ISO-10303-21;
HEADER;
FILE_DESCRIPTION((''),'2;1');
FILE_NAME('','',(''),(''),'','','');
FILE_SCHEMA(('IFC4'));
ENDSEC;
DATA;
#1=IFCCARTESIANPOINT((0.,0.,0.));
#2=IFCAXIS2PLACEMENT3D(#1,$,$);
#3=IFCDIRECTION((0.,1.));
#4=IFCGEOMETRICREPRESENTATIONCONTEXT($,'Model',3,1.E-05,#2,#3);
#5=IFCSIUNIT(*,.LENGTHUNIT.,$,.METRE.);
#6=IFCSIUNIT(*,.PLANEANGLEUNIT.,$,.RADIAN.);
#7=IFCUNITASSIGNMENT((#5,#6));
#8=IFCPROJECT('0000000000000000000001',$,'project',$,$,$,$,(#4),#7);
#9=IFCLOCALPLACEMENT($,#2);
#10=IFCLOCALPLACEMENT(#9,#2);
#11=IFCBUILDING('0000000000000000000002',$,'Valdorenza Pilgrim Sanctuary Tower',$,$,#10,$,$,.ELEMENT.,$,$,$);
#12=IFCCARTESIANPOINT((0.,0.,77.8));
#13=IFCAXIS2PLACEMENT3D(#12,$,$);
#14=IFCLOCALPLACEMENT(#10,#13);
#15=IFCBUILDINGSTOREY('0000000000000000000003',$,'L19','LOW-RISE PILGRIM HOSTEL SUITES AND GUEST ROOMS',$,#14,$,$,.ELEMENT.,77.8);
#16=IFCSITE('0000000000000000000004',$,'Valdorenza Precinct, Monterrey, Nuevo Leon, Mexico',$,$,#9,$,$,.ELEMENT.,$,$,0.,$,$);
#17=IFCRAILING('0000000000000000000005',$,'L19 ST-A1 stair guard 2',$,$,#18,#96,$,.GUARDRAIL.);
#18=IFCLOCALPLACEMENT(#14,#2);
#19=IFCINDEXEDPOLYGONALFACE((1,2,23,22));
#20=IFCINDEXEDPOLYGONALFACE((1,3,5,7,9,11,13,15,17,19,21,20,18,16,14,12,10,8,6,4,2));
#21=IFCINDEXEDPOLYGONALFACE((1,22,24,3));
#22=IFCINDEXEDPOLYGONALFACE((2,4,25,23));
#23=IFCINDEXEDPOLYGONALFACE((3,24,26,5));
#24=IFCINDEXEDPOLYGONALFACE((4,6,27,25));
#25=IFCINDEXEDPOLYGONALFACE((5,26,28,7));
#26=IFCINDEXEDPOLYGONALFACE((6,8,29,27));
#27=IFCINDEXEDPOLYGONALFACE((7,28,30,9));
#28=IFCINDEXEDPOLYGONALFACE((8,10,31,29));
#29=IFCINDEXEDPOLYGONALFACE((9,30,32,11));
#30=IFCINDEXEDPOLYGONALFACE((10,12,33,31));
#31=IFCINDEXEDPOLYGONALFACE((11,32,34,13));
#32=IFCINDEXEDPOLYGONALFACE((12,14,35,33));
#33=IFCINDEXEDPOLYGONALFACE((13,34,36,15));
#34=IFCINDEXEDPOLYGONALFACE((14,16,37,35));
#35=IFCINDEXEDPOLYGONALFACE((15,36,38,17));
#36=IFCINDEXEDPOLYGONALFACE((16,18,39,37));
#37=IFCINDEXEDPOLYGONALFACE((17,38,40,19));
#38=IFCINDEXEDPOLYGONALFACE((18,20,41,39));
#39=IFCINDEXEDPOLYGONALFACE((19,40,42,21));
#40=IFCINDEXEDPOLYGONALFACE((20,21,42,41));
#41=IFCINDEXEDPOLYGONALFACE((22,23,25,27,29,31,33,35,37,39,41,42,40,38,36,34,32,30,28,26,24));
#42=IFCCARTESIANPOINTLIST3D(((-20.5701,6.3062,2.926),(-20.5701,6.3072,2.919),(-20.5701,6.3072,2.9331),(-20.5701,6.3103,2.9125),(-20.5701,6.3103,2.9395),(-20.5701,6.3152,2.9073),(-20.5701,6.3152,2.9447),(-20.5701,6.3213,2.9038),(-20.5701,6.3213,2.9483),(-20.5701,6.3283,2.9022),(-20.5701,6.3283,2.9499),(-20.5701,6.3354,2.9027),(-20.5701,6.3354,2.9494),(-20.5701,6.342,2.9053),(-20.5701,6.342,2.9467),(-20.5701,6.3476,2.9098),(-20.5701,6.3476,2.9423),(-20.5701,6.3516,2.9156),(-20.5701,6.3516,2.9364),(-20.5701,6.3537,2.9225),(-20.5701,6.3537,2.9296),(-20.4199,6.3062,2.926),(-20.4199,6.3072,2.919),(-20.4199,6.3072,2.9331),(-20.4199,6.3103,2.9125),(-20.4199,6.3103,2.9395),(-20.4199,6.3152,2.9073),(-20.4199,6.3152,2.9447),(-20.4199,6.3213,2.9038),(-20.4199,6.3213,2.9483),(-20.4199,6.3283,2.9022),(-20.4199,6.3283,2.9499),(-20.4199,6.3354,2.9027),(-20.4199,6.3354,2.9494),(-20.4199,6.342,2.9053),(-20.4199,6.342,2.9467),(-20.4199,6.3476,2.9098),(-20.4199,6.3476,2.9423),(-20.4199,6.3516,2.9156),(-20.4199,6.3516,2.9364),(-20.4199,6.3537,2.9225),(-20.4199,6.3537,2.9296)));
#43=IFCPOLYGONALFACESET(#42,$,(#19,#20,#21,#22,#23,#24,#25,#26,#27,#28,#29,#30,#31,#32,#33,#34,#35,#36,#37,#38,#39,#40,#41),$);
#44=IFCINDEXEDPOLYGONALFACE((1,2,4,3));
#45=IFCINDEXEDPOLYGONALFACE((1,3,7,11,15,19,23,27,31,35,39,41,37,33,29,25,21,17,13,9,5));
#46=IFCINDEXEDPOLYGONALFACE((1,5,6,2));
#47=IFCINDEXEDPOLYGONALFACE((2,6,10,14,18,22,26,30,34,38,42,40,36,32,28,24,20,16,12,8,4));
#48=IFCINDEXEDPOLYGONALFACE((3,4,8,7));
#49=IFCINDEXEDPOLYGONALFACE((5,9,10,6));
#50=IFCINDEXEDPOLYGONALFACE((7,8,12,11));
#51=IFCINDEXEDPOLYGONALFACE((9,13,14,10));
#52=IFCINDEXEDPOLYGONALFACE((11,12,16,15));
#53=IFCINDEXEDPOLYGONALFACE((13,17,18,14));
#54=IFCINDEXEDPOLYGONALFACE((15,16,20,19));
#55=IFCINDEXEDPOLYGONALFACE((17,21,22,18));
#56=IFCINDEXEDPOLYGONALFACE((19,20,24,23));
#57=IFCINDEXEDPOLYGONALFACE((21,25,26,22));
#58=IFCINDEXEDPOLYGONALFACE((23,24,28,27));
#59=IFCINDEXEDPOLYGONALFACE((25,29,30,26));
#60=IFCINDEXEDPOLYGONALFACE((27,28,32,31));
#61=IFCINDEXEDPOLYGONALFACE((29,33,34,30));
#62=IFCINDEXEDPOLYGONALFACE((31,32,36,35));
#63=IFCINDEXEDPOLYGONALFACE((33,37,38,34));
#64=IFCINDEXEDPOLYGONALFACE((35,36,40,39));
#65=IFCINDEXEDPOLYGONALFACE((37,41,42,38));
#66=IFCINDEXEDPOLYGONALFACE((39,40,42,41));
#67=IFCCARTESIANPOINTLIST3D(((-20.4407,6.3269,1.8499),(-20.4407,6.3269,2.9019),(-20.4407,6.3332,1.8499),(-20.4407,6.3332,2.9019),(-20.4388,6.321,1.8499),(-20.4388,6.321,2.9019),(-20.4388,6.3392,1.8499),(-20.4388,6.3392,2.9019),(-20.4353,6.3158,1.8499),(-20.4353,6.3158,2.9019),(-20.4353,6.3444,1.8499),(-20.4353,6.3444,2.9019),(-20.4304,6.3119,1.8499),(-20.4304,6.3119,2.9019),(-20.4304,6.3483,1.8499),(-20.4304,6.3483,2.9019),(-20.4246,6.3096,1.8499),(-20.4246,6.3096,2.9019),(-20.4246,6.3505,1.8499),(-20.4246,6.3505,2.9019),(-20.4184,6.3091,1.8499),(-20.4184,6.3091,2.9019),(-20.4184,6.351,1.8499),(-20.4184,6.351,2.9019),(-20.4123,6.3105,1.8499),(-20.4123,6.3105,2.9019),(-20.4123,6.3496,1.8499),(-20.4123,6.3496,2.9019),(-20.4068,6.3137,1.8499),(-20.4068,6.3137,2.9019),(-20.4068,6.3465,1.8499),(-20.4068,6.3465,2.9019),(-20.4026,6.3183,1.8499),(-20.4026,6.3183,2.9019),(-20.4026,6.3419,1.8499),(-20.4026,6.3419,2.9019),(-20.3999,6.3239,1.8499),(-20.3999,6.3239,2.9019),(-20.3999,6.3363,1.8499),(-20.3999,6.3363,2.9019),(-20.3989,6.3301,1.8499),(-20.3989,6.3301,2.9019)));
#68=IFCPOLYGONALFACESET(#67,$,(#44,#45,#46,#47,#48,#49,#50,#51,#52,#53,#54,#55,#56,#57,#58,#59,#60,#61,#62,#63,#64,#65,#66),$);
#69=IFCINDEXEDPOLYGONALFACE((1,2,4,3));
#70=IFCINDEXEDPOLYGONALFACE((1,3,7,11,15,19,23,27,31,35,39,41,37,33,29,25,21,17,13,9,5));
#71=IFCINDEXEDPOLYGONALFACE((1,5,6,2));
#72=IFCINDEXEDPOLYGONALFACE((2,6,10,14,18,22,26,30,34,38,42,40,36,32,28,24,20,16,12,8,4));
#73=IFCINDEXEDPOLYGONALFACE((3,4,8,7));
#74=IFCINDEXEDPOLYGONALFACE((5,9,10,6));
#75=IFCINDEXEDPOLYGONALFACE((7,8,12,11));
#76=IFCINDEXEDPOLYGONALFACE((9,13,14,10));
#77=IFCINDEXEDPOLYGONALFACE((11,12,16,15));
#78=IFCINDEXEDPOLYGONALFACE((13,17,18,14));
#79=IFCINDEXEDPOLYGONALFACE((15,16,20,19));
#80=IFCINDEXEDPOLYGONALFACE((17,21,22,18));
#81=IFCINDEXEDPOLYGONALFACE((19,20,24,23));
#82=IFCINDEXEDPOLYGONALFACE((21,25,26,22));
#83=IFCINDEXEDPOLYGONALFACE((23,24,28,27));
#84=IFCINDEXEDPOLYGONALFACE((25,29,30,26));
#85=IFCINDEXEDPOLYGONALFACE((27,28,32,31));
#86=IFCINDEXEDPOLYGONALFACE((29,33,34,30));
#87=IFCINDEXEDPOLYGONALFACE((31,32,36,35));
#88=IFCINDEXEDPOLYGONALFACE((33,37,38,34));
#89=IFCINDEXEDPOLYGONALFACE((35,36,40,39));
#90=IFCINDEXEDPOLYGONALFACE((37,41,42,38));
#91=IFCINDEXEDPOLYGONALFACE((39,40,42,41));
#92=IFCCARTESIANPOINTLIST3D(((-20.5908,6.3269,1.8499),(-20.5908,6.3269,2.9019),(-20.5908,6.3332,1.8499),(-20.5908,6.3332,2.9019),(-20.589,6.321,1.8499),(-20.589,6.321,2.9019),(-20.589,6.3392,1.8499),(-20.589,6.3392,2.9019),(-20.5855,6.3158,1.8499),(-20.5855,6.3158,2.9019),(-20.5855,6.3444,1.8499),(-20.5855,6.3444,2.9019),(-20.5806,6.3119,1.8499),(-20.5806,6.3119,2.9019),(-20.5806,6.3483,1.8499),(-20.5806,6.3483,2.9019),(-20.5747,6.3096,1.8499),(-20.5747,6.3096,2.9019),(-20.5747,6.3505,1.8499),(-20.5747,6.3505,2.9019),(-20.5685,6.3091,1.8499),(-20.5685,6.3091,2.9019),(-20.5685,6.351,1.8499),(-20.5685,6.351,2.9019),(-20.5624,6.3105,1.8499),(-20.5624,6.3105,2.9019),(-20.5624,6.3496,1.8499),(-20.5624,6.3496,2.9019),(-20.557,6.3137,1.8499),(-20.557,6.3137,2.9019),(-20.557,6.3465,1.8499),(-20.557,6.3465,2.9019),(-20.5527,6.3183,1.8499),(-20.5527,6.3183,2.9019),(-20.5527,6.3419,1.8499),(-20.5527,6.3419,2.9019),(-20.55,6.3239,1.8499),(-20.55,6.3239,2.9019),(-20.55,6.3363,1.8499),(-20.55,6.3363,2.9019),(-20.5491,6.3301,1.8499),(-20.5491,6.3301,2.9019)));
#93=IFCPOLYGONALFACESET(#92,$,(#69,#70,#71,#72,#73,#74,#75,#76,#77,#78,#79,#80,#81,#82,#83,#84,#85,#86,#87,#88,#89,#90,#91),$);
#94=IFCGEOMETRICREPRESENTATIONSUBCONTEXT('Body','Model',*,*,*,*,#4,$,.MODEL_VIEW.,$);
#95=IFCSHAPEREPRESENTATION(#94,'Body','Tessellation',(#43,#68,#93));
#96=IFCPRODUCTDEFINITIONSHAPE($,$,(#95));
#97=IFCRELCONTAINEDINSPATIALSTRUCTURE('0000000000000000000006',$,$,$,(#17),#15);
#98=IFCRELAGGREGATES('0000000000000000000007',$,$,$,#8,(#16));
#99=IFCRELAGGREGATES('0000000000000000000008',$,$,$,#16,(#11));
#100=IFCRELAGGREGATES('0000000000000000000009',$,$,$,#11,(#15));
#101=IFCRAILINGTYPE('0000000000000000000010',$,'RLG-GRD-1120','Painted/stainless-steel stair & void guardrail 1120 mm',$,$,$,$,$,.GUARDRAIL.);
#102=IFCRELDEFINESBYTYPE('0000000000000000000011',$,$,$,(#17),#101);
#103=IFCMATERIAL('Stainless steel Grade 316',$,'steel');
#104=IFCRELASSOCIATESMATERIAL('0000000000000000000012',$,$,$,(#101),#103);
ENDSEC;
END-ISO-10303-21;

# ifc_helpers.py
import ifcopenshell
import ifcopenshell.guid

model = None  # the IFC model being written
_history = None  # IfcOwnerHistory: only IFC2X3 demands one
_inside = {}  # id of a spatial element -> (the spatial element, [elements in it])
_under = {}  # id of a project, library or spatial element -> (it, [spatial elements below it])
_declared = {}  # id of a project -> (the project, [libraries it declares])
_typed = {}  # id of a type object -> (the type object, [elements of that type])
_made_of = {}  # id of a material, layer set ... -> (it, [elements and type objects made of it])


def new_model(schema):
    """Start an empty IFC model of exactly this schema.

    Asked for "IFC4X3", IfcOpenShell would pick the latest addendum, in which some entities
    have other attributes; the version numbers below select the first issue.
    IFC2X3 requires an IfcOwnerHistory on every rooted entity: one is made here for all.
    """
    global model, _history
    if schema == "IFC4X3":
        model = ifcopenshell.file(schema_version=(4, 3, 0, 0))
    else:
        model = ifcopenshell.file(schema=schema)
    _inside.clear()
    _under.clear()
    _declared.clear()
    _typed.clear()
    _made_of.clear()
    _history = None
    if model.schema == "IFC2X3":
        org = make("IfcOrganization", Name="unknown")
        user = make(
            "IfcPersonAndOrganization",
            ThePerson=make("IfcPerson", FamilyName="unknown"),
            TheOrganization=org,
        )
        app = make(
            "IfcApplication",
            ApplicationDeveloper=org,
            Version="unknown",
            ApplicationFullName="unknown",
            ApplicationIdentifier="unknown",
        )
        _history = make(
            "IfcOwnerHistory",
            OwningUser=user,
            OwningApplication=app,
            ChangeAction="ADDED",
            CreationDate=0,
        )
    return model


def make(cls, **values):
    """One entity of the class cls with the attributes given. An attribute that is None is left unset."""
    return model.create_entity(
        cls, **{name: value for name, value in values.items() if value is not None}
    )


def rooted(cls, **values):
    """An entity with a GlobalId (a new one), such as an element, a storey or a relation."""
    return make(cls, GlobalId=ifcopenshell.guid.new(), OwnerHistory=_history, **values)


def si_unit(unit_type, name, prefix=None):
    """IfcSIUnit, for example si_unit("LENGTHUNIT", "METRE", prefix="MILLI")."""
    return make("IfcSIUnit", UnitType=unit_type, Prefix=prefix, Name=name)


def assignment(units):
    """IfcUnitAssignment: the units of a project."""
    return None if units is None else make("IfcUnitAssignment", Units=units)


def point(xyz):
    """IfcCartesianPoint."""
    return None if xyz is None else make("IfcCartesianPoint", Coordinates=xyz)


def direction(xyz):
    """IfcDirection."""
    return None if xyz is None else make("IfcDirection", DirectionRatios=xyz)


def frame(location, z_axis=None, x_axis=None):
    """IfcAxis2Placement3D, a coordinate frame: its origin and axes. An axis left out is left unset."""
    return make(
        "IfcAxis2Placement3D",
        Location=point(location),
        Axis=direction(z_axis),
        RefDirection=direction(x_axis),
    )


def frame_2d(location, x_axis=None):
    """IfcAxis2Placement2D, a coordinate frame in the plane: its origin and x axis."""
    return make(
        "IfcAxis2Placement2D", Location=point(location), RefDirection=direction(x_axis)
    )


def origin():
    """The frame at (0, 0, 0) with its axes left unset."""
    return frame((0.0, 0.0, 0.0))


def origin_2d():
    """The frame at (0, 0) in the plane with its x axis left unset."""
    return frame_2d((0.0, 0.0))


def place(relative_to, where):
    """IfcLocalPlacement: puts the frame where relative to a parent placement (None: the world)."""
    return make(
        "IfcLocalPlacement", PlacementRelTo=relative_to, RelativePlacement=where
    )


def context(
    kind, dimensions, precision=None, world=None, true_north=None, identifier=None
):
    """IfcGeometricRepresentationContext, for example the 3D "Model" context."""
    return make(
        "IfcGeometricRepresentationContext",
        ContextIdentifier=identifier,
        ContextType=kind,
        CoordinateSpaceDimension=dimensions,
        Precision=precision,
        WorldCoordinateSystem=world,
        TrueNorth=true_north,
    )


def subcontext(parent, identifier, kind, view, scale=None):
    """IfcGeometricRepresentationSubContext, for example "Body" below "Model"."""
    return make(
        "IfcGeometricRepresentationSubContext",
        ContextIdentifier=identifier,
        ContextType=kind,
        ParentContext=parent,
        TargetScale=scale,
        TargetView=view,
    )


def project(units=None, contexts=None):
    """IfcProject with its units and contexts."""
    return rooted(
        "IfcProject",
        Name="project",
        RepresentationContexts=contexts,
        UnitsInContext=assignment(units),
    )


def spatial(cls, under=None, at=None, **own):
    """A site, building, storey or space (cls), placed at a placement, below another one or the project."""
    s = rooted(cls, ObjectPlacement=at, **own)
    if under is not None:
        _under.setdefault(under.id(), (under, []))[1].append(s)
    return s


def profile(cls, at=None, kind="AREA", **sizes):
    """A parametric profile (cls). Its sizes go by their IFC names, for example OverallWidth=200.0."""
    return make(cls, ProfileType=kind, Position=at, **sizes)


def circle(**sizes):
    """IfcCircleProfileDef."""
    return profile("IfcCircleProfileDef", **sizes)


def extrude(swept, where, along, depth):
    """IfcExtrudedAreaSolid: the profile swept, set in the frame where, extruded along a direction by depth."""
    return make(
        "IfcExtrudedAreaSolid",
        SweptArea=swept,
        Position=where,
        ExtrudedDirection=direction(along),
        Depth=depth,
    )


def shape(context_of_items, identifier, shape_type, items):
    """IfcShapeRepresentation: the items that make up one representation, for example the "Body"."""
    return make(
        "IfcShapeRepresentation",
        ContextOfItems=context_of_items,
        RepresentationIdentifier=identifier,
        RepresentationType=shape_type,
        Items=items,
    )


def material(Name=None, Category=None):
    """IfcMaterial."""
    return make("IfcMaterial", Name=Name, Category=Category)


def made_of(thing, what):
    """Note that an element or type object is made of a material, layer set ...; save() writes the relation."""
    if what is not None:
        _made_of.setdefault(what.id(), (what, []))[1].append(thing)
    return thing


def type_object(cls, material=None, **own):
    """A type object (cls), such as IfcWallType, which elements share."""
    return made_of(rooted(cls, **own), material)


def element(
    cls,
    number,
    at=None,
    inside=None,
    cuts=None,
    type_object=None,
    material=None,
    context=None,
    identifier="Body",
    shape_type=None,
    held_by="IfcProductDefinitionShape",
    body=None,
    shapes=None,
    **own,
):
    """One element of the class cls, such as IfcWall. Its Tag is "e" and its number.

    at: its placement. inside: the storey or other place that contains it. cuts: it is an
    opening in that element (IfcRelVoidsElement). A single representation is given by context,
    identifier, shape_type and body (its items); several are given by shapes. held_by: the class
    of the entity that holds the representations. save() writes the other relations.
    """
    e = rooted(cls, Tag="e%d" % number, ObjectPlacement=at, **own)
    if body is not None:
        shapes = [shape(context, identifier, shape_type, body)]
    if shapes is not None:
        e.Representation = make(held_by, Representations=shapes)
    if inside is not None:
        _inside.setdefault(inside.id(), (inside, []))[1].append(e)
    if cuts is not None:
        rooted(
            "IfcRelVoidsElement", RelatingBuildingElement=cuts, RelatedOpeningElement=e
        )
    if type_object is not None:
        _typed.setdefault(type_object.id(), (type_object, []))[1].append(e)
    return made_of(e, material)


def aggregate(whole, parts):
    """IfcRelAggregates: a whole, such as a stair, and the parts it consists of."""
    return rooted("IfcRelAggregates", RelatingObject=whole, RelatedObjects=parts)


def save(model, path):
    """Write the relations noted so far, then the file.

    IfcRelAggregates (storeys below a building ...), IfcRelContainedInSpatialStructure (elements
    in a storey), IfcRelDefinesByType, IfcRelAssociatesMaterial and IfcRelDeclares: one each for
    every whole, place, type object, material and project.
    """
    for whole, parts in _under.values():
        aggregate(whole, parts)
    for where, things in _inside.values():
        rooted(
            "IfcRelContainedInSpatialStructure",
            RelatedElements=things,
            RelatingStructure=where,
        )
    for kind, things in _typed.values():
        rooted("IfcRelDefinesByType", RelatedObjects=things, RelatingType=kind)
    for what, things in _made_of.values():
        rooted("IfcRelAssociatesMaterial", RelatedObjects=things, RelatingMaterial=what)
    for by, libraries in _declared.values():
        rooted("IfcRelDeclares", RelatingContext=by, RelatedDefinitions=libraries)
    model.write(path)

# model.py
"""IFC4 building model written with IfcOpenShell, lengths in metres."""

from ifc_helpers import new_model, si_unit, direction, frame, origin, origin_2d, place, context, subcontext, project, spatial, circle, extrude, material, type_object, element, save


model = new_model("IFC4")

# Units and contexts
model_context = context("Model", 3, precision=1e-05, world=origin(), true_north=direction((0.0, 1.0)))
body_context = subcontext(model_context, "Body", "Model", "MODEL_VIEW")
ifc_project = project(units=[si_unit("LENGTHUNIT", "METRE"), si_unit("PLANEANGLEUNIT", "RADIAN")], contexts=[model_context])

# Site, building, storey
site_placement = place(None, origin())
site = spatial("IfcSite", under=ifc_project, at=site_placement, Name="Valdorenza Precinct, Monterrey, Nuevo Leon, Mexico", CompositionType="ELEMENT", RefElevation=0.0)
building_placement = place(site_placement, origin())
building = spatial("IfcBuilding", under=site, at=building_placement, Name="Valdorenza Pilgrim Sanctuary Tower", CompositionType="ELEMENT")
storey_placement = place(building_placement, frame((0.0, 0.0, 77.8)))
storey = spatial("IfcBuildingStorey", under=building, at=storey_placement, Name="L19", Description="LOW-RISE PILGRIM HOSTEL SUITES AND GUEST ROOMS", CompositionType="ELEMENT", Elevation=77.8)

# Railing
ifc_material_1 = material(Name="Stainless steel Grade 316", Category="steel")
railing_type_1 = type_object("IfcRailingType", Name="RLG-GRD-1120", Description="Painted/stainless-steel stair & void guardrail 1120 mm", PredefinedType="GUARDRAIL", material=ifc_material_1)
railing_1_placement = place(storey_placement, frame((-20.4199, 6.3301, 1.8499)))
element("IfcRailing", 1, at=railing_1_placement, inside=storey, type_object=railing_type_1, Name="L19 ST-A1 stair guard 2", PredefinedType="GUARDRAIL", context=body_context, shape_type="SweptSolid", body=[
    extrude(circle(Radius=0.0239, at=origin_2d()), frame((0.0, 0.0, 1.0762), z_axis=(-1.0, 0.0, 0.0), x_axis=(0.0, -1.0, 0.0)), (0.0, 0.0, 1.0), 0.1501),
    extrude(circle(Radius=0.021, at=origin_2d()), origin(), (0.0, 0.0, 1.0), 1.052),
    extrude(circle(Radius=0.021, at=origin_2d()), frame((-0.1501, 0.0, 0.0)), (0.0, 0.0, 1.0), 1.052),
])

save(model, "model.ifc")
